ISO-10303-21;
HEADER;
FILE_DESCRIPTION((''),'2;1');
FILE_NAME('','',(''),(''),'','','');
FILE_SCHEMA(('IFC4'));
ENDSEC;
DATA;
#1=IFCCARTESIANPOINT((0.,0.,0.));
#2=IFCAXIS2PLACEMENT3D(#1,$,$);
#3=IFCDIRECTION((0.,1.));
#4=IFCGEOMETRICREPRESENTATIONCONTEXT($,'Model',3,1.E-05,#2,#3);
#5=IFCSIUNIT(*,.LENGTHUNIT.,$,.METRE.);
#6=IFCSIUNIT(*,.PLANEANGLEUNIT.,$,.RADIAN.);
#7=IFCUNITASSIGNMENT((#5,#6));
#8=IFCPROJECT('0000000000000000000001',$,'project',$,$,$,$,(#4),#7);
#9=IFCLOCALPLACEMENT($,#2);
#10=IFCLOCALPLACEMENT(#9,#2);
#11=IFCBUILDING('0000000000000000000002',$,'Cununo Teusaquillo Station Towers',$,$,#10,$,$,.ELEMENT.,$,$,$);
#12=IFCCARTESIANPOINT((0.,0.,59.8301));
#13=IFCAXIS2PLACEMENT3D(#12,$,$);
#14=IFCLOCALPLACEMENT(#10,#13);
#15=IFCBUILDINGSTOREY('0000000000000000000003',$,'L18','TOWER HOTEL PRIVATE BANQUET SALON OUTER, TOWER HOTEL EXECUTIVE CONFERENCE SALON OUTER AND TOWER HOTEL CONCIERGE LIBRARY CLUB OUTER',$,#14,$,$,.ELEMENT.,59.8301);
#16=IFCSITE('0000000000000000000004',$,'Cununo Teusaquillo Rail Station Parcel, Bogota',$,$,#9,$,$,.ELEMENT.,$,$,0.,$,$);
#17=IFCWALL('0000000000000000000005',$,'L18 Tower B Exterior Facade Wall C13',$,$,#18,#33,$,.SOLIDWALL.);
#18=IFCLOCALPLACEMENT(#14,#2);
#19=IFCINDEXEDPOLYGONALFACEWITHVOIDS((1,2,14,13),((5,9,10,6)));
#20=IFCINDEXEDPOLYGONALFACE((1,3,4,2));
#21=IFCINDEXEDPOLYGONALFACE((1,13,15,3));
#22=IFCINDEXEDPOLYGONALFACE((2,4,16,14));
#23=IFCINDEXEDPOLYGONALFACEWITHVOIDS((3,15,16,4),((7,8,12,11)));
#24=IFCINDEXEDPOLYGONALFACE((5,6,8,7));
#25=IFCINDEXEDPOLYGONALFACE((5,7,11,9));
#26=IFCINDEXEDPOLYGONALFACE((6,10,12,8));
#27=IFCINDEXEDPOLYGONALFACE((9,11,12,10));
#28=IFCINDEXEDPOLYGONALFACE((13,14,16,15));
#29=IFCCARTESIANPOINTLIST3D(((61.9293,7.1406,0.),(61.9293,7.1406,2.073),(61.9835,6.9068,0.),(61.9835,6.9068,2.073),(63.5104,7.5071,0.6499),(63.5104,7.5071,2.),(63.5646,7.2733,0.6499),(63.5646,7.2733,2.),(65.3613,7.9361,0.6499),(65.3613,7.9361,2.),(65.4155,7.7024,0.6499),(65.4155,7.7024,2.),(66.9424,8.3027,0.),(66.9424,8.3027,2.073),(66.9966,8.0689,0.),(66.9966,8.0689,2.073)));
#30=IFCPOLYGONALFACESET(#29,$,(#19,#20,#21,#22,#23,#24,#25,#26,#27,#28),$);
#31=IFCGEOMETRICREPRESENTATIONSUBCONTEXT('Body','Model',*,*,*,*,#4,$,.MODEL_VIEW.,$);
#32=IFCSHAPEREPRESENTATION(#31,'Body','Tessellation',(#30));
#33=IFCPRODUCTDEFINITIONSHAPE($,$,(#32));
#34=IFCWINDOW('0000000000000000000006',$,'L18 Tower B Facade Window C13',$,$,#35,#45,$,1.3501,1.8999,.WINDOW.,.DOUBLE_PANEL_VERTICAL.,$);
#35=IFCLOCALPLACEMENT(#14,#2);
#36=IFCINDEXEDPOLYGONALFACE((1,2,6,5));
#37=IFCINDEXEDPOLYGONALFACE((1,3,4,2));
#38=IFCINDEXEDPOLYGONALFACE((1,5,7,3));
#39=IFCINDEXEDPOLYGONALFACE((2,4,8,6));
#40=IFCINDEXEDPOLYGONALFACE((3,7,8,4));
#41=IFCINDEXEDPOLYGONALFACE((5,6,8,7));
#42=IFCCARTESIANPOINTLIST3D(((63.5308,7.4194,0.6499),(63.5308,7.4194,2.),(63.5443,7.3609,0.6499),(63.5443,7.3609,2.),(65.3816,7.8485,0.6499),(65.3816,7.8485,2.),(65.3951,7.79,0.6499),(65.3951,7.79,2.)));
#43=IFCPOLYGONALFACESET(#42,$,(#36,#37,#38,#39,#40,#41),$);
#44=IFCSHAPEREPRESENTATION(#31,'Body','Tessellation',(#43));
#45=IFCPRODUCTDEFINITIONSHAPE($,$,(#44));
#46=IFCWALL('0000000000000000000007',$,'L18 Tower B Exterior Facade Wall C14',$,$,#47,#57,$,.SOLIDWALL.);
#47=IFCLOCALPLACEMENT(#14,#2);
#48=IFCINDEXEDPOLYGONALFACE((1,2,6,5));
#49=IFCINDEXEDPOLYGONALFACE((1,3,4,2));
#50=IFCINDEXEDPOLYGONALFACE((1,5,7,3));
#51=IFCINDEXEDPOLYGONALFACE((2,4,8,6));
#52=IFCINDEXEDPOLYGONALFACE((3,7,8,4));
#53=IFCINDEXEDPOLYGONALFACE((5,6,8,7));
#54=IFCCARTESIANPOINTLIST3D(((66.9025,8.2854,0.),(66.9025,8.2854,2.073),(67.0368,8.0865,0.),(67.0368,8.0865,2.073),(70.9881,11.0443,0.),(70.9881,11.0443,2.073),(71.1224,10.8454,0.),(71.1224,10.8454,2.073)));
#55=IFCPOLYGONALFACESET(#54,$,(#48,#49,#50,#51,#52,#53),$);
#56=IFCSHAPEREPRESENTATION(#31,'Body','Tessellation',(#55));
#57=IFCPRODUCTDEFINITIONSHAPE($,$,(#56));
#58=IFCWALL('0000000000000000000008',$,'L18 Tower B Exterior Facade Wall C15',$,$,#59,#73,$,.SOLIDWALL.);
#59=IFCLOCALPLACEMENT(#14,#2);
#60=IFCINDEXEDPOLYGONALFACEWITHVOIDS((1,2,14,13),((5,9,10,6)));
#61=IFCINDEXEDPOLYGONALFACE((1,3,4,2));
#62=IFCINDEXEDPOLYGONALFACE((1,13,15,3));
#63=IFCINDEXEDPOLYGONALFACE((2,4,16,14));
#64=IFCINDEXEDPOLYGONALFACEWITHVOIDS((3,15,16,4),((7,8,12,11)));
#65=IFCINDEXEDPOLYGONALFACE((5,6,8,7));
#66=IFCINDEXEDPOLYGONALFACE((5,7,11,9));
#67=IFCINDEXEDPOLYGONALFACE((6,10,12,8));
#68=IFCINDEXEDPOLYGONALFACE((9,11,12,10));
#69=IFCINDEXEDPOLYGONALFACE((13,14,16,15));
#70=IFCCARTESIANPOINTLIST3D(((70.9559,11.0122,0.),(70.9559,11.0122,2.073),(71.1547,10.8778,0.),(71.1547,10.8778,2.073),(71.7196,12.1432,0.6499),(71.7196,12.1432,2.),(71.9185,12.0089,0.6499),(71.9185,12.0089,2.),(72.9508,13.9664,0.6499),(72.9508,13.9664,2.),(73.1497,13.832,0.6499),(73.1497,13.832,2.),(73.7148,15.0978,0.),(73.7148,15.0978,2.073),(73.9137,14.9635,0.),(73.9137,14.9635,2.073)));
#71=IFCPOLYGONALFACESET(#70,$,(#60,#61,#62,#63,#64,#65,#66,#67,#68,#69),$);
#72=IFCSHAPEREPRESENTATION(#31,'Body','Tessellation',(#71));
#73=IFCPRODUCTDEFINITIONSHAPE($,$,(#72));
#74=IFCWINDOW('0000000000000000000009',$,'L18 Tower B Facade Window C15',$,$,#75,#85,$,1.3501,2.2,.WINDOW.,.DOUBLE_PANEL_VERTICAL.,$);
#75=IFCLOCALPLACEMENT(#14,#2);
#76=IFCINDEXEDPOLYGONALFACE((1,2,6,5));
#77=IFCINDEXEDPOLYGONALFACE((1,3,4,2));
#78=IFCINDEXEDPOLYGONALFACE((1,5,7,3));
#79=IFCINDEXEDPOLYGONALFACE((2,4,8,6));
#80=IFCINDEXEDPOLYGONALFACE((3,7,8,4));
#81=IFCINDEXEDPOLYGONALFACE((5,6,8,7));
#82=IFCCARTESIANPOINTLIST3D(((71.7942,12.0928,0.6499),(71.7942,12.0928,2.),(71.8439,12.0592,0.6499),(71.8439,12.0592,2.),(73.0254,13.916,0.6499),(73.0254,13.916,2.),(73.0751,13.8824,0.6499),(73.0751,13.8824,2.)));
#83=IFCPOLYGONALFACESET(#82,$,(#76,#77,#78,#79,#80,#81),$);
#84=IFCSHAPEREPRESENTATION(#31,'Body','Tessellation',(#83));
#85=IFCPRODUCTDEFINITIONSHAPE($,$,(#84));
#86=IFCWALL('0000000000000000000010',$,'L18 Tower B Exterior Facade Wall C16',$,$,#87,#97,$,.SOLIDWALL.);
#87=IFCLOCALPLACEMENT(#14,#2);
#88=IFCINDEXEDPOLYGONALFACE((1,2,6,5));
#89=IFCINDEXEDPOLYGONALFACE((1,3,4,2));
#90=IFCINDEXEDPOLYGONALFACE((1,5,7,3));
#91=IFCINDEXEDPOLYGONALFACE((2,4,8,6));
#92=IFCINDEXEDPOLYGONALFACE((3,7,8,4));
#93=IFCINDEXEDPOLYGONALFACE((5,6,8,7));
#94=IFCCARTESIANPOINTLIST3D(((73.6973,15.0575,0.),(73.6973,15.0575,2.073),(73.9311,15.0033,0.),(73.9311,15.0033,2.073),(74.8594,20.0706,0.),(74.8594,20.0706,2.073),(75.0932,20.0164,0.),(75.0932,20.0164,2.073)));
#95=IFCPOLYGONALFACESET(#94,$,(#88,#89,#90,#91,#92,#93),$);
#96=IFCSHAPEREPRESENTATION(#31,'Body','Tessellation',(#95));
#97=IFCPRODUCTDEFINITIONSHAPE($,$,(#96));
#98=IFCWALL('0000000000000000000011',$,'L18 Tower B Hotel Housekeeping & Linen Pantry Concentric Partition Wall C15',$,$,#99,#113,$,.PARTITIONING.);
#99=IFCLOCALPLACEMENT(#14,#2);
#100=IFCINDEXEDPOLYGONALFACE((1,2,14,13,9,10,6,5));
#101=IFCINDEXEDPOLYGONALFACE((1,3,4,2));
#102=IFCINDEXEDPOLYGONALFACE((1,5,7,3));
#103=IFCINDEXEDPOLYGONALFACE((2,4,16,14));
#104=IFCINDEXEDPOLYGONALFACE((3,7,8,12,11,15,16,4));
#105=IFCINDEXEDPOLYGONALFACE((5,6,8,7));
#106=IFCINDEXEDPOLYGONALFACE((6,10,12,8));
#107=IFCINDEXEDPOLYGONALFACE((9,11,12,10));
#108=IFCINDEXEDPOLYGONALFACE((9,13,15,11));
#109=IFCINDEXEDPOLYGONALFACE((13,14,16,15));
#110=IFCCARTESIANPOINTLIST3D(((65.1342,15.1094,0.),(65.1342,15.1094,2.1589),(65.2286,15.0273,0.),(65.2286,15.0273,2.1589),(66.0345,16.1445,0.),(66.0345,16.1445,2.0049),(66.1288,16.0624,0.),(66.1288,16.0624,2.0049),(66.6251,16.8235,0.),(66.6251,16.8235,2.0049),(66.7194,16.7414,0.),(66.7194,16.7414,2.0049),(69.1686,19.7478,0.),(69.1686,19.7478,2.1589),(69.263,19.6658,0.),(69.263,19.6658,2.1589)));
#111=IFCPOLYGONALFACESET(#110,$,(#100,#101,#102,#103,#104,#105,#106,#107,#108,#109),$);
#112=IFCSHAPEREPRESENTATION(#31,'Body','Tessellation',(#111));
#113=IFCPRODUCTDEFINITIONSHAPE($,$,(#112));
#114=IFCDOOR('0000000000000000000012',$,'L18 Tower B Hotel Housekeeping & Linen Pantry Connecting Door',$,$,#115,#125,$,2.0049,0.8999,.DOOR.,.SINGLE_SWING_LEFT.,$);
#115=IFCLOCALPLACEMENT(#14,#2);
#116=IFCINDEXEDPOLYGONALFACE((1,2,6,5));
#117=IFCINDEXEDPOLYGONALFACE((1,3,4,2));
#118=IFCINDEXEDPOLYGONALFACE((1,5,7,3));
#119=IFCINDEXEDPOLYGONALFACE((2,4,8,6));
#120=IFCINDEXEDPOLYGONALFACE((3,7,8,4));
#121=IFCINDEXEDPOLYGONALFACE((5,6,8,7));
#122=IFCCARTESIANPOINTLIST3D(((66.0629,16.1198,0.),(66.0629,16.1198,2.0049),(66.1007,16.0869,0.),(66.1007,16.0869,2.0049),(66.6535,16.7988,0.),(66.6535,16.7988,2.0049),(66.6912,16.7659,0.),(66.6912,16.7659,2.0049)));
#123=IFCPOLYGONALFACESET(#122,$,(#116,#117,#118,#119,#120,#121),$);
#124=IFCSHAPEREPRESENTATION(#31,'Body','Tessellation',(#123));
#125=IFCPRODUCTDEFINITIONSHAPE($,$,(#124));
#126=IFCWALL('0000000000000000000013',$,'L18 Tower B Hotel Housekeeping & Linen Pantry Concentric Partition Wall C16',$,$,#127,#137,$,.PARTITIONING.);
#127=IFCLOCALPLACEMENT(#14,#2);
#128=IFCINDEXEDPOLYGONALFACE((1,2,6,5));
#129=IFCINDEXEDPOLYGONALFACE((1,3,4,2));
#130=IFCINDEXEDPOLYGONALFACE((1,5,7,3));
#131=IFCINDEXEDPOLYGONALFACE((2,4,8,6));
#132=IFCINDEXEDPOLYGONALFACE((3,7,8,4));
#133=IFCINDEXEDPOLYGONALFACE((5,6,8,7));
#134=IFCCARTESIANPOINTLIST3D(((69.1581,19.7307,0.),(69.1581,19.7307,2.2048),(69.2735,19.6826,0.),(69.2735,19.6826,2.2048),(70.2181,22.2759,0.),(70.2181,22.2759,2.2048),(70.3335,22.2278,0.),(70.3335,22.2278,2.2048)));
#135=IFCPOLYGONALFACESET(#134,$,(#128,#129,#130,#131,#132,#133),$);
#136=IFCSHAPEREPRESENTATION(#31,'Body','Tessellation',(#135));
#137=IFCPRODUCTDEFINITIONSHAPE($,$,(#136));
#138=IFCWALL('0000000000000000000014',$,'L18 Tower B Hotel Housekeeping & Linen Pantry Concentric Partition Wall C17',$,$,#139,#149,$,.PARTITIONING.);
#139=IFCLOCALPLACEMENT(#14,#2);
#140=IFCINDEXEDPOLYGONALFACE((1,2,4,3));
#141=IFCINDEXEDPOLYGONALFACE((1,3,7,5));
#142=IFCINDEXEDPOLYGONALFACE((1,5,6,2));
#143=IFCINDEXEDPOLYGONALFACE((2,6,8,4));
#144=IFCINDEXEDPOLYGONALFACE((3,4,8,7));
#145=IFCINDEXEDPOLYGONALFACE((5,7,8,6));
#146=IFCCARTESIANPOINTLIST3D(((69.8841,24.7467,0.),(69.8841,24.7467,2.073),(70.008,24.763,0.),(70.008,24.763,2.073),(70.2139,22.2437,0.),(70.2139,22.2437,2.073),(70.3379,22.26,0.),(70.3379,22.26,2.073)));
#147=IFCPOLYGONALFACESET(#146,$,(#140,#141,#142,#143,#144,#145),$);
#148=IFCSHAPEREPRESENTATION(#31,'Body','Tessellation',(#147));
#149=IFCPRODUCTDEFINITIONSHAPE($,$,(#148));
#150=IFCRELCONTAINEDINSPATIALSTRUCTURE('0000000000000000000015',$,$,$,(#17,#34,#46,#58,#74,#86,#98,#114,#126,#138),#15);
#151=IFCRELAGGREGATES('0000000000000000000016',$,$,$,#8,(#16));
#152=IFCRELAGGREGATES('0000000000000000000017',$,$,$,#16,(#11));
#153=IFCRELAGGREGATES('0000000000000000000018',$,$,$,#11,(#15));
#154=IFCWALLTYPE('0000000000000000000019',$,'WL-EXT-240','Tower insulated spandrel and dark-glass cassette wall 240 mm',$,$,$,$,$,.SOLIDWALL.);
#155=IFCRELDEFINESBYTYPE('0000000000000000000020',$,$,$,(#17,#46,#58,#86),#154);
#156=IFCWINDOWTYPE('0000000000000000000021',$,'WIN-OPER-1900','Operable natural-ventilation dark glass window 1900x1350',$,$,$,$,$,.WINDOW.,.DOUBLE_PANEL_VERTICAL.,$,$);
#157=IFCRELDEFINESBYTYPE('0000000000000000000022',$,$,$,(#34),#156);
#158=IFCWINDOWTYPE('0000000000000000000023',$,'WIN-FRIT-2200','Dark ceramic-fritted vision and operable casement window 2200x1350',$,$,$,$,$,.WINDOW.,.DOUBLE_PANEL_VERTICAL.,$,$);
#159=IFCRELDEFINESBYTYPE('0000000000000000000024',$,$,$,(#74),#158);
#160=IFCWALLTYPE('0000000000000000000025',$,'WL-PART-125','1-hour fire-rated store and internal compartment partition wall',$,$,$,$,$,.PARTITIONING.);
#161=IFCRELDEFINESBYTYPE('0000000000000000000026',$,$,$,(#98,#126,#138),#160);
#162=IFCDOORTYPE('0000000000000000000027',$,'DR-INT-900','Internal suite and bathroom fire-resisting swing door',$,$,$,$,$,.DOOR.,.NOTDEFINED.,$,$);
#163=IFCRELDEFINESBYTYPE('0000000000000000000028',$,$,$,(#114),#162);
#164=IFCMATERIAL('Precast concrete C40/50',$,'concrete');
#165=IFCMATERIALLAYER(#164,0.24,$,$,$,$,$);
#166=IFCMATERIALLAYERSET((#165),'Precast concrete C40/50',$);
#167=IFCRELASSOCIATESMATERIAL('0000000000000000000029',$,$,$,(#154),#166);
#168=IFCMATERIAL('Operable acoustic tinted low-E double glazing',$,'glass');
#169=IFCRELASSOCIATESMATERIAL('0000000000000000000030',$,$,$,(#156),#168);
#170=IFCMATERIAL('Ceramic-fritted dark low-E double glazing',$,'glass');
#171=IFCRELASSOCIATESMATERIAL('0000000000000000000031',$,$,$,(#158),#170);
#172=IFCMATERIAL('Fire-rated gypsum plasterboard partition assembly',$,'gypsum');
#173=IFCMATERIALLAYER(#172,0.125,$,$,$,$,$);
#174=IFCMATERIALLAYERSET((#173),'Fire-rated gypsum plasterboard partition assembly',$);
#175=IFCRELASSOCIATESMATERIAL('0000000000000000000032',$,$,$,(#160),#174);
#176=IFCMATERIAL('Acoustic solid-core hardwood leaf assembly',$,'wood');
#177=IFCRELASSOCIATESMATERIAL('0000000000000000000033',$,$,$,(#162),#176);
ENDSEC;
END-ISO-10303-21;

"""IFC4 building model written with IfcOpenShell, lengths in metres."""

from ifc_helpers import new_model, si_unit, direction, frame, frame_2d, origin, place, context, subcontext, project, spatial, rectangle, extrude, source, transform, mapped, material, layer, layer_set, type_object, element, fill, save


model = new_model("IFC4")

# Units and contexts
model_context = context("Model", 3, precision=1e-05, world=origin(), true_north=direction((0.0, 1.0)))
body_context = subcontext(model_context, "Body", "Model", "MODEL_VIEW")
ifc_project = project(units=[si_unit("LENGTHUNIT", "METRE"), si_unit("PLANEANGLEUNIT", "RADIAN")], contexts=[model_context])

# Site, building, storey
site_placement = place(None, origin())
site = spatial("IfcSite", under=ifc_project, at=site_placement, Name="Cununo Teusaquillo Rail Station Parcel, Bogota", CompositionType="ELEMENT", RefElevation=0.0)
building_placement = place(site_placement, origin())
building = spatial("IfcBuilding", under=site, at=building_placement, Name="Cununo Teusaquillo Station Towers", CompositionType="ELEMENT")
storey_placement = place(building_placement, frame((0.0, 0.0, 59.8301)))
storey = spatial("IfcBuildingStorey", under=building, at=storey_placement, Name="L18", Description="TOWER HOTEL PRIVATE BANQUET SALON OUTER, TOWER HOTEL EXECUTIVE CONFERENCE SALON OUTER AND TOWER HOTEL CONCIERGE LIBRARY CLUB OUTER", CompositionType="ELEMENT", Elevation=59.8301)

# Wall, opening, window
ifc_material_1 = material(Name="Precast concrete C40/50", Category="concrete")
ifc_layer_1 = layer(ifc_material_1, 0.24)
ifc_layer_set_1 = layer_set([ifc_layer_1], Name="Precast concrete C40/50")
wall_type_1 = type_object("IfcWallType", Name="WL-EXT-240", Description="Tower insulated spandrel and dark-glass cassette wall 240 mm", PredefinedType="SOLIDWALL", material=ifc_layer_set_1)
wall_1_placement = place(storey_placement, frame((66.9695, 8.1858, 0.0), z_axis=(0.0, 0.0, 1.0), x_axis=(-0.974166, -0.225833, 0.0)))
wall_1 = element("IfcWall", 1, at=wall_1_placement, inside=storey, type_object=wall_type_1, Name="L18 Tower B Exterior Facade Wall C13", PredefinedType="SOLIDWALL", context=body_context, shape_type="SweptSolid", body=[
    extrude(rectangle(XDim=5.146, YDim=0.24, at=frame_2d((2.573, 0.0))), origin(), (0.0, 0.0, 1.0), 2.073),
])
shared_shape_1 = source(origin(), body_context, "Body", "SweptSolid", [
    extrude(rectangle(XDim=1.8999, YDim=1.3501, at=frame_2d((0.95, 0.675))), frame((0.0, 0.1299, 0.0), z_axis=(0.0, -1.0, 0.0), x_axis=(1.0, 0.0, 0.0)), (0.0, 0.0, 1.0), 0.26),
])
opening_1_placement = place(wall_1_placement, frame((1.623, 0.0, 0.6499)))
opening_1 = element("IfcOpeningElement", 2, at=opening_1_placement, cuts=wall_1, PredefinedType="OPENING", context=body_context, shape_type="MappedRepresentation", body=[
    mapped(shared_shape_1, transform((0.0, 0.0, 0.0), x_axis=(1.0, 0.0, 0.0), y_axis=(0.0, 1.0, 0.0), z_axis=(0.0, 0.0, 1.0), scale=1.0)),
])
ifc_material_2 = material(Name="Operable acoustic tinted low-E double glazing", Category="glass")
window_type_1 = type_object("IfcWindowType", Name="WIN-OPER-1900", Description="Operable natural-ventilation dark glass window 1900x1350", PartitioningType="DOUBLE_PANEL_VERTICAL", PredefinedType="WINDOW", material=ifc_material_2)
shared_shape_2 = source(origin(), body_context, "Body", "SweptSolid", [
    extrude(rectangle(XDim=1.8999, YDim=1.3501, at=frame_2d((0.95, 0.675))), frame((0.0, 0.03, 0.0), z_axis=(0.0, -1.0, 0.0), x_axis=(1.0, 0.0, 0.0)), (0.0, 0.0, 1.0), 0.0601),
])
window_1_placement = place(opening_1_placement, origin())
window_1 = element("IfcWindow", 3, at=window_1_placement, inside=storey, type_object=window_type_1, Name="L18 Tower B Facade Window C13", OverallHeight=1.3501, OverallWidth=1.8999, PartitioningType="DOUBLE_PANEL_VERTICAL", PredefinedType="WINDOW", context=body_context, shape_type="MappedRepresentation", body=[
    mapped(shared_shape_2, transform((0.0, 0.0, 0.0), x_axis=(1.0, 0.0, 0.0), y_axis=(0.0, 1.0, 0.0), z_axis=(0.0, 0.0, 1.0), scale=1.0)),
])
fill(opening_1, window_1)

# Wall
wall_2_placement = place(storey_placement, frame((71.0552, 10.9448, 0.0), z_axis=(0.0, 0.0, 1.0), x_axis=(-0.828737, -0.559639, 0.0)))
element("IfcWall", 4, at=wall_2_placement, inside=storey, type_object=wall_type_1, Name="L18 Tower B Exterior Facade Wall C14", PredefinedType="SOLIDWALL", context=body_context, shape_type="SweptSolid", body=[
    extrude(rectangle(XDim=4.9299, YDim=0.24, at=frame_2d((2.4648, 0.0))), origin(), (0.0, 0.0, 1.0), 2.073),
])

# Wall, opening, window
wall_3_placement = place(storey_placement, frame((73.8142, 15.0305, 0.0), z_axis=(0.0, 0.0, 1.0), x_axis=(-0.559639, -0.828737, 0.0)))
wall_3 = element("IfcWall", 5, at=wall_3_placement, inside=storey, type_object=wall_type_1, Name="L18 Tower B Exterior Facade Wall C15", PredefinedType="SOLIDWALL", context=body_context, shape_type="SweptSolid", body=[
    extrude(rectangle(XDim=4.9299, YDim=0.24, at=frame_2d((2.4648, 0.0))), origin(), (0.0, 0.0, 1.0), 2.073),
])
shared_shape_3 = source(origin(), body_context, "Body", "SweptSolid", [
    extrude(rectangle(XDim=2.2, YDim=1.3501, at=frame_2d((1.1001, 0.675))), frame((0.0, 0.1299, 0.0), z_axis=(0.0, -1.0, 0.0), x_axis=(1.0, 0.0, 0.0)), (0.0, 0.0, 1.0), 0.26),
])
opening_2_placement = place(wall_3_placement, frame((1.365, 0.0, 0.6499)))
opening_2 = element("IfcOpeningElement", 6, at=opening_2_placement, cuts=wall_3, PredefinedType="OPENING", context=body_context, shape_type="MappedRepresentation", body=[
    mapped(shared_shape_3, transform((0.0, 0.0, 0.0), x_axis=(1.0, 0.0, 0.0), y_axis=(0.0, 1.0, 0.0), z_axis=(0.0, 0.0, 1.0), scale=1.0)),
])
ifc_material_3 = material(Name="Ceramic-fritted dark low-E double glazing", Category="glass")
window_type_2 = type_object("IfcWindowType", Name="WIN-FRIT-2200", Description="Dark ceramic-fritted vision and operable casement window 2200x1350", PartitioningType="DOUBLE_PANEL_VERTICAL", PredefinedType="WINDOW", material=ifc_material_3)
shared_shape_4 = source(origin(), body_context, "Body", "SweptSolid", [
    extrude(rectangle(XDim=2.2, YDim=1.3501, at=frame_2d((1.1001, 0.675))), frame((0.0, 0.03, 0.0), z_axis=(0.0, -1.0, 0.0), x_axis=(1.0, 0.0, 0.0)), (0.0, 0.0, 1.0), 0.0601),
])
window_2_placement = place(opening_2_placement, origin())
window_2 = element("IfcWindow", 7, at=window_2_placement, inside=storey, type_object=window_type_2, Name="L18 Tower B Facade Window C15", OverallHeight=1.3501, OverallWidth=2.2, PartitioningType="DOUBLE_PANEL_VERTICAL", PredefinedType="WINDOW", context=body_context, shape_type="MappedRepresentation", body=[
    mapped(shared_shape_4, transform((0.0, 0.0, 0.0), x_axis=(1.0, 0.0, 0.0), y_axis=(0.0, 1.0, 0.0), z_axis=(0.0, 0.0, 1.0), scale=1.0)),
])
fill(opening_2, window_2)

# Wall
wall_4_placement = place(storey_placement, frame((74.9763, 20.0435, 0.0), z_axis=(0.0, 0.0, 1.0), x_axis=(-0.225833, -0.974166, 0.0)))
element("IfcWall", 8, at=wall_4_placement, inside=storey, type_object=wall_type_1, Name="L18 Tower B Exterior Facade Wall C16", PredefinedType="SOLIDWALL", context=body_context, shape_type="SweptSolid", body=[
    extrude(rectangle(XDim=5.146, YDim=0.24, at=frame_2d((2.573, 0.0))), origin(), (0.0, 0.0, 1.0), 2.073),
])

# Wall, opening, door
ifc_material_4 = material(Name="Fire-rated gypsum plasterboard partition assembly", Category="gypsum")
ifc_layer_2 = layer(ifc_material_4, 0.125)
ifc_layer_set_2 = layer_set([ifc_layer_2], Name="Fire-rated gypsum plasterboard partition assembly")
wall_type_2 = type_object("IfcWallType", Name="WL-PART-125", Description="1-hour fire-rated store and internal compartment partition wall", PredefinedType="PARTITIONING", material=ifc_layer_set_2)
wall_5_placement = place(storey_placement, frame((65.1814, 15.0684, 0.0), z_axis=(0.0, 0.0, 1.0), x_axis=(0.656272, 0.754524, 0.0)))
wall_5 = element("IfcWall", 9, at=wall_5_placement, inside=storey, type_object=wall_type_2, Name="L18 Tower B Hotel Housekeeping & Linen Pantry Concentric Partition Wall C15", PredefinedType="PARTITIONING", context=body_context, shape_type="SweptSolid", body=[
    extrude(rectangle(XDim=6.1475, YDim=0.125, at=frame_2d((3.0737, 0.0))), origin(), (0.0, 0.0, 1.0), 2.1589),
])
shared_shape_5 = source(origin(), body_context, "Body", "SweptSolid", [
    extrude(rectangle(XDim=0.8999, YDim=2.0049, at=frame_2d((0.45, 1.0024))), frame((0.0, 0.0725, 0.0), z_axis=(0.0, -1.0, 0.0), x_axis=(1.0, 0.0, 0.0)), (0.0, 0.0, 1.0), 0.145),
])
opening_3_placement = place(wall_5_placement, frame((1.3718, 0.0, 0.0)))
opening_3 = element("IfcOpeningElement", 10, at=opening_3_placement, cuts=wall_5, PredefinedType="OPENING", context=body_context, shape_type="MappedRepresentation", body=[
    mapped(shared_shape_5, transform((0.0, 0.0, 0.0), x_axis=(1.0, 0.0, 0.0), y_axis=(0.0, 1.0, 0.0), z_axis=(0.0, 0.0, 1.0), scale=1.0)),
])
ifc_material_5 = material(Name="Acoustic solid-core hardwood leaf assembly", Category="wood")
door_type_1 = type_object("IfcDoorType", Name="DR-INT-900", Description="Internal suite and bathroom fire-resisting swing door", OperationType="NOTDEFINED", PredefinedType="DOOR", material=ifc_material_5)
shared_shape_6 = source(origin(), body_context, "Body", "SweptSolid", [
    extrude(rectangle(XDim=0.8999, YDim=2.0049, at=frame_2d((0.45, 1.0024))), frame((0.0, 0.0249, 0.0), z_axis=(0.0, -1.0, 0.0), x_axis=(1.0, 0.0, 0.0)), (0.0, 0.0, 1.0), 0.05),
])
door_1_placement = place(opening_3_placement, origin())
door_1 = element("IfcDoor", 11, at=door_1_placement, inside=storey, type_object=door_type_1, Name="L18 Tower B Hotel Housekeeping & Linen Pantry Connecting Door", OperationType="SINGLE_SWING_LEFT", OverallHeight=2.0049, OverallWidth=0.8999, PredefinedType="DOOR", context=body_context, shape_type="MappedRepresentation", body=[
    mapped(shared_shape_6, transform((0.0, 0.0, 0.0), x_axis=(1.0, 0.0, 0.0), y_axis=(0.0, 1.0, 0.0), z_axis=(0.0, 0.0, 1.0), scale=1.0)),
])
fill(opening_3, door_1)

# Walls
wall_6_placement = place(storey_placement, frame((69.2158, 19.7068, 0.0), z_axis=(0.0, 0.0, 1.0), x_axis=(0.384483, 0.923132, 0.0)))
element("IfcWall", 12, at=wall_6_placement, inside=storey, type_object=wall_type_2, Name="L18 Tower B Hotel Housekeeping & Linen Pantry Concentric Partition Wall C16", PredefinedType="PARTITIONING", context=body_context, shape_type="SweptSolid", body=[
    extrude(rectangle(XDim=2.7571, YDim=0.125, at=frame_2d((1.3784, 0.0))), origin(), (0.0, 0.0, 1.0), 2.2048),
])
wall_7_placement = place(storey_placement, frame((70.2759, 22.252, 0.0), z_axis=(0.0, 0.0, 1.0), x_axis=(-0.13065, 0.991429, 0.0)))
element("IfcWall", 13, at=wall_7_placement, inside=storey, type_object=wall_type_2, Name="L18 Tower B Hotel Housekeeping & Linen Pantry Concentric Partition Wall C17", PredefinedType="PARTITIONING", context=body_context, shape_type="SweptSolid", body=[
    extrude(rectangle(XDim=2.5247, YDim=0.125, at=frame_2d((1.2622, 0.0))), origin(), (0.0, 0.0, 1.0), 2.073),
])

save(model, "model.ifc")
